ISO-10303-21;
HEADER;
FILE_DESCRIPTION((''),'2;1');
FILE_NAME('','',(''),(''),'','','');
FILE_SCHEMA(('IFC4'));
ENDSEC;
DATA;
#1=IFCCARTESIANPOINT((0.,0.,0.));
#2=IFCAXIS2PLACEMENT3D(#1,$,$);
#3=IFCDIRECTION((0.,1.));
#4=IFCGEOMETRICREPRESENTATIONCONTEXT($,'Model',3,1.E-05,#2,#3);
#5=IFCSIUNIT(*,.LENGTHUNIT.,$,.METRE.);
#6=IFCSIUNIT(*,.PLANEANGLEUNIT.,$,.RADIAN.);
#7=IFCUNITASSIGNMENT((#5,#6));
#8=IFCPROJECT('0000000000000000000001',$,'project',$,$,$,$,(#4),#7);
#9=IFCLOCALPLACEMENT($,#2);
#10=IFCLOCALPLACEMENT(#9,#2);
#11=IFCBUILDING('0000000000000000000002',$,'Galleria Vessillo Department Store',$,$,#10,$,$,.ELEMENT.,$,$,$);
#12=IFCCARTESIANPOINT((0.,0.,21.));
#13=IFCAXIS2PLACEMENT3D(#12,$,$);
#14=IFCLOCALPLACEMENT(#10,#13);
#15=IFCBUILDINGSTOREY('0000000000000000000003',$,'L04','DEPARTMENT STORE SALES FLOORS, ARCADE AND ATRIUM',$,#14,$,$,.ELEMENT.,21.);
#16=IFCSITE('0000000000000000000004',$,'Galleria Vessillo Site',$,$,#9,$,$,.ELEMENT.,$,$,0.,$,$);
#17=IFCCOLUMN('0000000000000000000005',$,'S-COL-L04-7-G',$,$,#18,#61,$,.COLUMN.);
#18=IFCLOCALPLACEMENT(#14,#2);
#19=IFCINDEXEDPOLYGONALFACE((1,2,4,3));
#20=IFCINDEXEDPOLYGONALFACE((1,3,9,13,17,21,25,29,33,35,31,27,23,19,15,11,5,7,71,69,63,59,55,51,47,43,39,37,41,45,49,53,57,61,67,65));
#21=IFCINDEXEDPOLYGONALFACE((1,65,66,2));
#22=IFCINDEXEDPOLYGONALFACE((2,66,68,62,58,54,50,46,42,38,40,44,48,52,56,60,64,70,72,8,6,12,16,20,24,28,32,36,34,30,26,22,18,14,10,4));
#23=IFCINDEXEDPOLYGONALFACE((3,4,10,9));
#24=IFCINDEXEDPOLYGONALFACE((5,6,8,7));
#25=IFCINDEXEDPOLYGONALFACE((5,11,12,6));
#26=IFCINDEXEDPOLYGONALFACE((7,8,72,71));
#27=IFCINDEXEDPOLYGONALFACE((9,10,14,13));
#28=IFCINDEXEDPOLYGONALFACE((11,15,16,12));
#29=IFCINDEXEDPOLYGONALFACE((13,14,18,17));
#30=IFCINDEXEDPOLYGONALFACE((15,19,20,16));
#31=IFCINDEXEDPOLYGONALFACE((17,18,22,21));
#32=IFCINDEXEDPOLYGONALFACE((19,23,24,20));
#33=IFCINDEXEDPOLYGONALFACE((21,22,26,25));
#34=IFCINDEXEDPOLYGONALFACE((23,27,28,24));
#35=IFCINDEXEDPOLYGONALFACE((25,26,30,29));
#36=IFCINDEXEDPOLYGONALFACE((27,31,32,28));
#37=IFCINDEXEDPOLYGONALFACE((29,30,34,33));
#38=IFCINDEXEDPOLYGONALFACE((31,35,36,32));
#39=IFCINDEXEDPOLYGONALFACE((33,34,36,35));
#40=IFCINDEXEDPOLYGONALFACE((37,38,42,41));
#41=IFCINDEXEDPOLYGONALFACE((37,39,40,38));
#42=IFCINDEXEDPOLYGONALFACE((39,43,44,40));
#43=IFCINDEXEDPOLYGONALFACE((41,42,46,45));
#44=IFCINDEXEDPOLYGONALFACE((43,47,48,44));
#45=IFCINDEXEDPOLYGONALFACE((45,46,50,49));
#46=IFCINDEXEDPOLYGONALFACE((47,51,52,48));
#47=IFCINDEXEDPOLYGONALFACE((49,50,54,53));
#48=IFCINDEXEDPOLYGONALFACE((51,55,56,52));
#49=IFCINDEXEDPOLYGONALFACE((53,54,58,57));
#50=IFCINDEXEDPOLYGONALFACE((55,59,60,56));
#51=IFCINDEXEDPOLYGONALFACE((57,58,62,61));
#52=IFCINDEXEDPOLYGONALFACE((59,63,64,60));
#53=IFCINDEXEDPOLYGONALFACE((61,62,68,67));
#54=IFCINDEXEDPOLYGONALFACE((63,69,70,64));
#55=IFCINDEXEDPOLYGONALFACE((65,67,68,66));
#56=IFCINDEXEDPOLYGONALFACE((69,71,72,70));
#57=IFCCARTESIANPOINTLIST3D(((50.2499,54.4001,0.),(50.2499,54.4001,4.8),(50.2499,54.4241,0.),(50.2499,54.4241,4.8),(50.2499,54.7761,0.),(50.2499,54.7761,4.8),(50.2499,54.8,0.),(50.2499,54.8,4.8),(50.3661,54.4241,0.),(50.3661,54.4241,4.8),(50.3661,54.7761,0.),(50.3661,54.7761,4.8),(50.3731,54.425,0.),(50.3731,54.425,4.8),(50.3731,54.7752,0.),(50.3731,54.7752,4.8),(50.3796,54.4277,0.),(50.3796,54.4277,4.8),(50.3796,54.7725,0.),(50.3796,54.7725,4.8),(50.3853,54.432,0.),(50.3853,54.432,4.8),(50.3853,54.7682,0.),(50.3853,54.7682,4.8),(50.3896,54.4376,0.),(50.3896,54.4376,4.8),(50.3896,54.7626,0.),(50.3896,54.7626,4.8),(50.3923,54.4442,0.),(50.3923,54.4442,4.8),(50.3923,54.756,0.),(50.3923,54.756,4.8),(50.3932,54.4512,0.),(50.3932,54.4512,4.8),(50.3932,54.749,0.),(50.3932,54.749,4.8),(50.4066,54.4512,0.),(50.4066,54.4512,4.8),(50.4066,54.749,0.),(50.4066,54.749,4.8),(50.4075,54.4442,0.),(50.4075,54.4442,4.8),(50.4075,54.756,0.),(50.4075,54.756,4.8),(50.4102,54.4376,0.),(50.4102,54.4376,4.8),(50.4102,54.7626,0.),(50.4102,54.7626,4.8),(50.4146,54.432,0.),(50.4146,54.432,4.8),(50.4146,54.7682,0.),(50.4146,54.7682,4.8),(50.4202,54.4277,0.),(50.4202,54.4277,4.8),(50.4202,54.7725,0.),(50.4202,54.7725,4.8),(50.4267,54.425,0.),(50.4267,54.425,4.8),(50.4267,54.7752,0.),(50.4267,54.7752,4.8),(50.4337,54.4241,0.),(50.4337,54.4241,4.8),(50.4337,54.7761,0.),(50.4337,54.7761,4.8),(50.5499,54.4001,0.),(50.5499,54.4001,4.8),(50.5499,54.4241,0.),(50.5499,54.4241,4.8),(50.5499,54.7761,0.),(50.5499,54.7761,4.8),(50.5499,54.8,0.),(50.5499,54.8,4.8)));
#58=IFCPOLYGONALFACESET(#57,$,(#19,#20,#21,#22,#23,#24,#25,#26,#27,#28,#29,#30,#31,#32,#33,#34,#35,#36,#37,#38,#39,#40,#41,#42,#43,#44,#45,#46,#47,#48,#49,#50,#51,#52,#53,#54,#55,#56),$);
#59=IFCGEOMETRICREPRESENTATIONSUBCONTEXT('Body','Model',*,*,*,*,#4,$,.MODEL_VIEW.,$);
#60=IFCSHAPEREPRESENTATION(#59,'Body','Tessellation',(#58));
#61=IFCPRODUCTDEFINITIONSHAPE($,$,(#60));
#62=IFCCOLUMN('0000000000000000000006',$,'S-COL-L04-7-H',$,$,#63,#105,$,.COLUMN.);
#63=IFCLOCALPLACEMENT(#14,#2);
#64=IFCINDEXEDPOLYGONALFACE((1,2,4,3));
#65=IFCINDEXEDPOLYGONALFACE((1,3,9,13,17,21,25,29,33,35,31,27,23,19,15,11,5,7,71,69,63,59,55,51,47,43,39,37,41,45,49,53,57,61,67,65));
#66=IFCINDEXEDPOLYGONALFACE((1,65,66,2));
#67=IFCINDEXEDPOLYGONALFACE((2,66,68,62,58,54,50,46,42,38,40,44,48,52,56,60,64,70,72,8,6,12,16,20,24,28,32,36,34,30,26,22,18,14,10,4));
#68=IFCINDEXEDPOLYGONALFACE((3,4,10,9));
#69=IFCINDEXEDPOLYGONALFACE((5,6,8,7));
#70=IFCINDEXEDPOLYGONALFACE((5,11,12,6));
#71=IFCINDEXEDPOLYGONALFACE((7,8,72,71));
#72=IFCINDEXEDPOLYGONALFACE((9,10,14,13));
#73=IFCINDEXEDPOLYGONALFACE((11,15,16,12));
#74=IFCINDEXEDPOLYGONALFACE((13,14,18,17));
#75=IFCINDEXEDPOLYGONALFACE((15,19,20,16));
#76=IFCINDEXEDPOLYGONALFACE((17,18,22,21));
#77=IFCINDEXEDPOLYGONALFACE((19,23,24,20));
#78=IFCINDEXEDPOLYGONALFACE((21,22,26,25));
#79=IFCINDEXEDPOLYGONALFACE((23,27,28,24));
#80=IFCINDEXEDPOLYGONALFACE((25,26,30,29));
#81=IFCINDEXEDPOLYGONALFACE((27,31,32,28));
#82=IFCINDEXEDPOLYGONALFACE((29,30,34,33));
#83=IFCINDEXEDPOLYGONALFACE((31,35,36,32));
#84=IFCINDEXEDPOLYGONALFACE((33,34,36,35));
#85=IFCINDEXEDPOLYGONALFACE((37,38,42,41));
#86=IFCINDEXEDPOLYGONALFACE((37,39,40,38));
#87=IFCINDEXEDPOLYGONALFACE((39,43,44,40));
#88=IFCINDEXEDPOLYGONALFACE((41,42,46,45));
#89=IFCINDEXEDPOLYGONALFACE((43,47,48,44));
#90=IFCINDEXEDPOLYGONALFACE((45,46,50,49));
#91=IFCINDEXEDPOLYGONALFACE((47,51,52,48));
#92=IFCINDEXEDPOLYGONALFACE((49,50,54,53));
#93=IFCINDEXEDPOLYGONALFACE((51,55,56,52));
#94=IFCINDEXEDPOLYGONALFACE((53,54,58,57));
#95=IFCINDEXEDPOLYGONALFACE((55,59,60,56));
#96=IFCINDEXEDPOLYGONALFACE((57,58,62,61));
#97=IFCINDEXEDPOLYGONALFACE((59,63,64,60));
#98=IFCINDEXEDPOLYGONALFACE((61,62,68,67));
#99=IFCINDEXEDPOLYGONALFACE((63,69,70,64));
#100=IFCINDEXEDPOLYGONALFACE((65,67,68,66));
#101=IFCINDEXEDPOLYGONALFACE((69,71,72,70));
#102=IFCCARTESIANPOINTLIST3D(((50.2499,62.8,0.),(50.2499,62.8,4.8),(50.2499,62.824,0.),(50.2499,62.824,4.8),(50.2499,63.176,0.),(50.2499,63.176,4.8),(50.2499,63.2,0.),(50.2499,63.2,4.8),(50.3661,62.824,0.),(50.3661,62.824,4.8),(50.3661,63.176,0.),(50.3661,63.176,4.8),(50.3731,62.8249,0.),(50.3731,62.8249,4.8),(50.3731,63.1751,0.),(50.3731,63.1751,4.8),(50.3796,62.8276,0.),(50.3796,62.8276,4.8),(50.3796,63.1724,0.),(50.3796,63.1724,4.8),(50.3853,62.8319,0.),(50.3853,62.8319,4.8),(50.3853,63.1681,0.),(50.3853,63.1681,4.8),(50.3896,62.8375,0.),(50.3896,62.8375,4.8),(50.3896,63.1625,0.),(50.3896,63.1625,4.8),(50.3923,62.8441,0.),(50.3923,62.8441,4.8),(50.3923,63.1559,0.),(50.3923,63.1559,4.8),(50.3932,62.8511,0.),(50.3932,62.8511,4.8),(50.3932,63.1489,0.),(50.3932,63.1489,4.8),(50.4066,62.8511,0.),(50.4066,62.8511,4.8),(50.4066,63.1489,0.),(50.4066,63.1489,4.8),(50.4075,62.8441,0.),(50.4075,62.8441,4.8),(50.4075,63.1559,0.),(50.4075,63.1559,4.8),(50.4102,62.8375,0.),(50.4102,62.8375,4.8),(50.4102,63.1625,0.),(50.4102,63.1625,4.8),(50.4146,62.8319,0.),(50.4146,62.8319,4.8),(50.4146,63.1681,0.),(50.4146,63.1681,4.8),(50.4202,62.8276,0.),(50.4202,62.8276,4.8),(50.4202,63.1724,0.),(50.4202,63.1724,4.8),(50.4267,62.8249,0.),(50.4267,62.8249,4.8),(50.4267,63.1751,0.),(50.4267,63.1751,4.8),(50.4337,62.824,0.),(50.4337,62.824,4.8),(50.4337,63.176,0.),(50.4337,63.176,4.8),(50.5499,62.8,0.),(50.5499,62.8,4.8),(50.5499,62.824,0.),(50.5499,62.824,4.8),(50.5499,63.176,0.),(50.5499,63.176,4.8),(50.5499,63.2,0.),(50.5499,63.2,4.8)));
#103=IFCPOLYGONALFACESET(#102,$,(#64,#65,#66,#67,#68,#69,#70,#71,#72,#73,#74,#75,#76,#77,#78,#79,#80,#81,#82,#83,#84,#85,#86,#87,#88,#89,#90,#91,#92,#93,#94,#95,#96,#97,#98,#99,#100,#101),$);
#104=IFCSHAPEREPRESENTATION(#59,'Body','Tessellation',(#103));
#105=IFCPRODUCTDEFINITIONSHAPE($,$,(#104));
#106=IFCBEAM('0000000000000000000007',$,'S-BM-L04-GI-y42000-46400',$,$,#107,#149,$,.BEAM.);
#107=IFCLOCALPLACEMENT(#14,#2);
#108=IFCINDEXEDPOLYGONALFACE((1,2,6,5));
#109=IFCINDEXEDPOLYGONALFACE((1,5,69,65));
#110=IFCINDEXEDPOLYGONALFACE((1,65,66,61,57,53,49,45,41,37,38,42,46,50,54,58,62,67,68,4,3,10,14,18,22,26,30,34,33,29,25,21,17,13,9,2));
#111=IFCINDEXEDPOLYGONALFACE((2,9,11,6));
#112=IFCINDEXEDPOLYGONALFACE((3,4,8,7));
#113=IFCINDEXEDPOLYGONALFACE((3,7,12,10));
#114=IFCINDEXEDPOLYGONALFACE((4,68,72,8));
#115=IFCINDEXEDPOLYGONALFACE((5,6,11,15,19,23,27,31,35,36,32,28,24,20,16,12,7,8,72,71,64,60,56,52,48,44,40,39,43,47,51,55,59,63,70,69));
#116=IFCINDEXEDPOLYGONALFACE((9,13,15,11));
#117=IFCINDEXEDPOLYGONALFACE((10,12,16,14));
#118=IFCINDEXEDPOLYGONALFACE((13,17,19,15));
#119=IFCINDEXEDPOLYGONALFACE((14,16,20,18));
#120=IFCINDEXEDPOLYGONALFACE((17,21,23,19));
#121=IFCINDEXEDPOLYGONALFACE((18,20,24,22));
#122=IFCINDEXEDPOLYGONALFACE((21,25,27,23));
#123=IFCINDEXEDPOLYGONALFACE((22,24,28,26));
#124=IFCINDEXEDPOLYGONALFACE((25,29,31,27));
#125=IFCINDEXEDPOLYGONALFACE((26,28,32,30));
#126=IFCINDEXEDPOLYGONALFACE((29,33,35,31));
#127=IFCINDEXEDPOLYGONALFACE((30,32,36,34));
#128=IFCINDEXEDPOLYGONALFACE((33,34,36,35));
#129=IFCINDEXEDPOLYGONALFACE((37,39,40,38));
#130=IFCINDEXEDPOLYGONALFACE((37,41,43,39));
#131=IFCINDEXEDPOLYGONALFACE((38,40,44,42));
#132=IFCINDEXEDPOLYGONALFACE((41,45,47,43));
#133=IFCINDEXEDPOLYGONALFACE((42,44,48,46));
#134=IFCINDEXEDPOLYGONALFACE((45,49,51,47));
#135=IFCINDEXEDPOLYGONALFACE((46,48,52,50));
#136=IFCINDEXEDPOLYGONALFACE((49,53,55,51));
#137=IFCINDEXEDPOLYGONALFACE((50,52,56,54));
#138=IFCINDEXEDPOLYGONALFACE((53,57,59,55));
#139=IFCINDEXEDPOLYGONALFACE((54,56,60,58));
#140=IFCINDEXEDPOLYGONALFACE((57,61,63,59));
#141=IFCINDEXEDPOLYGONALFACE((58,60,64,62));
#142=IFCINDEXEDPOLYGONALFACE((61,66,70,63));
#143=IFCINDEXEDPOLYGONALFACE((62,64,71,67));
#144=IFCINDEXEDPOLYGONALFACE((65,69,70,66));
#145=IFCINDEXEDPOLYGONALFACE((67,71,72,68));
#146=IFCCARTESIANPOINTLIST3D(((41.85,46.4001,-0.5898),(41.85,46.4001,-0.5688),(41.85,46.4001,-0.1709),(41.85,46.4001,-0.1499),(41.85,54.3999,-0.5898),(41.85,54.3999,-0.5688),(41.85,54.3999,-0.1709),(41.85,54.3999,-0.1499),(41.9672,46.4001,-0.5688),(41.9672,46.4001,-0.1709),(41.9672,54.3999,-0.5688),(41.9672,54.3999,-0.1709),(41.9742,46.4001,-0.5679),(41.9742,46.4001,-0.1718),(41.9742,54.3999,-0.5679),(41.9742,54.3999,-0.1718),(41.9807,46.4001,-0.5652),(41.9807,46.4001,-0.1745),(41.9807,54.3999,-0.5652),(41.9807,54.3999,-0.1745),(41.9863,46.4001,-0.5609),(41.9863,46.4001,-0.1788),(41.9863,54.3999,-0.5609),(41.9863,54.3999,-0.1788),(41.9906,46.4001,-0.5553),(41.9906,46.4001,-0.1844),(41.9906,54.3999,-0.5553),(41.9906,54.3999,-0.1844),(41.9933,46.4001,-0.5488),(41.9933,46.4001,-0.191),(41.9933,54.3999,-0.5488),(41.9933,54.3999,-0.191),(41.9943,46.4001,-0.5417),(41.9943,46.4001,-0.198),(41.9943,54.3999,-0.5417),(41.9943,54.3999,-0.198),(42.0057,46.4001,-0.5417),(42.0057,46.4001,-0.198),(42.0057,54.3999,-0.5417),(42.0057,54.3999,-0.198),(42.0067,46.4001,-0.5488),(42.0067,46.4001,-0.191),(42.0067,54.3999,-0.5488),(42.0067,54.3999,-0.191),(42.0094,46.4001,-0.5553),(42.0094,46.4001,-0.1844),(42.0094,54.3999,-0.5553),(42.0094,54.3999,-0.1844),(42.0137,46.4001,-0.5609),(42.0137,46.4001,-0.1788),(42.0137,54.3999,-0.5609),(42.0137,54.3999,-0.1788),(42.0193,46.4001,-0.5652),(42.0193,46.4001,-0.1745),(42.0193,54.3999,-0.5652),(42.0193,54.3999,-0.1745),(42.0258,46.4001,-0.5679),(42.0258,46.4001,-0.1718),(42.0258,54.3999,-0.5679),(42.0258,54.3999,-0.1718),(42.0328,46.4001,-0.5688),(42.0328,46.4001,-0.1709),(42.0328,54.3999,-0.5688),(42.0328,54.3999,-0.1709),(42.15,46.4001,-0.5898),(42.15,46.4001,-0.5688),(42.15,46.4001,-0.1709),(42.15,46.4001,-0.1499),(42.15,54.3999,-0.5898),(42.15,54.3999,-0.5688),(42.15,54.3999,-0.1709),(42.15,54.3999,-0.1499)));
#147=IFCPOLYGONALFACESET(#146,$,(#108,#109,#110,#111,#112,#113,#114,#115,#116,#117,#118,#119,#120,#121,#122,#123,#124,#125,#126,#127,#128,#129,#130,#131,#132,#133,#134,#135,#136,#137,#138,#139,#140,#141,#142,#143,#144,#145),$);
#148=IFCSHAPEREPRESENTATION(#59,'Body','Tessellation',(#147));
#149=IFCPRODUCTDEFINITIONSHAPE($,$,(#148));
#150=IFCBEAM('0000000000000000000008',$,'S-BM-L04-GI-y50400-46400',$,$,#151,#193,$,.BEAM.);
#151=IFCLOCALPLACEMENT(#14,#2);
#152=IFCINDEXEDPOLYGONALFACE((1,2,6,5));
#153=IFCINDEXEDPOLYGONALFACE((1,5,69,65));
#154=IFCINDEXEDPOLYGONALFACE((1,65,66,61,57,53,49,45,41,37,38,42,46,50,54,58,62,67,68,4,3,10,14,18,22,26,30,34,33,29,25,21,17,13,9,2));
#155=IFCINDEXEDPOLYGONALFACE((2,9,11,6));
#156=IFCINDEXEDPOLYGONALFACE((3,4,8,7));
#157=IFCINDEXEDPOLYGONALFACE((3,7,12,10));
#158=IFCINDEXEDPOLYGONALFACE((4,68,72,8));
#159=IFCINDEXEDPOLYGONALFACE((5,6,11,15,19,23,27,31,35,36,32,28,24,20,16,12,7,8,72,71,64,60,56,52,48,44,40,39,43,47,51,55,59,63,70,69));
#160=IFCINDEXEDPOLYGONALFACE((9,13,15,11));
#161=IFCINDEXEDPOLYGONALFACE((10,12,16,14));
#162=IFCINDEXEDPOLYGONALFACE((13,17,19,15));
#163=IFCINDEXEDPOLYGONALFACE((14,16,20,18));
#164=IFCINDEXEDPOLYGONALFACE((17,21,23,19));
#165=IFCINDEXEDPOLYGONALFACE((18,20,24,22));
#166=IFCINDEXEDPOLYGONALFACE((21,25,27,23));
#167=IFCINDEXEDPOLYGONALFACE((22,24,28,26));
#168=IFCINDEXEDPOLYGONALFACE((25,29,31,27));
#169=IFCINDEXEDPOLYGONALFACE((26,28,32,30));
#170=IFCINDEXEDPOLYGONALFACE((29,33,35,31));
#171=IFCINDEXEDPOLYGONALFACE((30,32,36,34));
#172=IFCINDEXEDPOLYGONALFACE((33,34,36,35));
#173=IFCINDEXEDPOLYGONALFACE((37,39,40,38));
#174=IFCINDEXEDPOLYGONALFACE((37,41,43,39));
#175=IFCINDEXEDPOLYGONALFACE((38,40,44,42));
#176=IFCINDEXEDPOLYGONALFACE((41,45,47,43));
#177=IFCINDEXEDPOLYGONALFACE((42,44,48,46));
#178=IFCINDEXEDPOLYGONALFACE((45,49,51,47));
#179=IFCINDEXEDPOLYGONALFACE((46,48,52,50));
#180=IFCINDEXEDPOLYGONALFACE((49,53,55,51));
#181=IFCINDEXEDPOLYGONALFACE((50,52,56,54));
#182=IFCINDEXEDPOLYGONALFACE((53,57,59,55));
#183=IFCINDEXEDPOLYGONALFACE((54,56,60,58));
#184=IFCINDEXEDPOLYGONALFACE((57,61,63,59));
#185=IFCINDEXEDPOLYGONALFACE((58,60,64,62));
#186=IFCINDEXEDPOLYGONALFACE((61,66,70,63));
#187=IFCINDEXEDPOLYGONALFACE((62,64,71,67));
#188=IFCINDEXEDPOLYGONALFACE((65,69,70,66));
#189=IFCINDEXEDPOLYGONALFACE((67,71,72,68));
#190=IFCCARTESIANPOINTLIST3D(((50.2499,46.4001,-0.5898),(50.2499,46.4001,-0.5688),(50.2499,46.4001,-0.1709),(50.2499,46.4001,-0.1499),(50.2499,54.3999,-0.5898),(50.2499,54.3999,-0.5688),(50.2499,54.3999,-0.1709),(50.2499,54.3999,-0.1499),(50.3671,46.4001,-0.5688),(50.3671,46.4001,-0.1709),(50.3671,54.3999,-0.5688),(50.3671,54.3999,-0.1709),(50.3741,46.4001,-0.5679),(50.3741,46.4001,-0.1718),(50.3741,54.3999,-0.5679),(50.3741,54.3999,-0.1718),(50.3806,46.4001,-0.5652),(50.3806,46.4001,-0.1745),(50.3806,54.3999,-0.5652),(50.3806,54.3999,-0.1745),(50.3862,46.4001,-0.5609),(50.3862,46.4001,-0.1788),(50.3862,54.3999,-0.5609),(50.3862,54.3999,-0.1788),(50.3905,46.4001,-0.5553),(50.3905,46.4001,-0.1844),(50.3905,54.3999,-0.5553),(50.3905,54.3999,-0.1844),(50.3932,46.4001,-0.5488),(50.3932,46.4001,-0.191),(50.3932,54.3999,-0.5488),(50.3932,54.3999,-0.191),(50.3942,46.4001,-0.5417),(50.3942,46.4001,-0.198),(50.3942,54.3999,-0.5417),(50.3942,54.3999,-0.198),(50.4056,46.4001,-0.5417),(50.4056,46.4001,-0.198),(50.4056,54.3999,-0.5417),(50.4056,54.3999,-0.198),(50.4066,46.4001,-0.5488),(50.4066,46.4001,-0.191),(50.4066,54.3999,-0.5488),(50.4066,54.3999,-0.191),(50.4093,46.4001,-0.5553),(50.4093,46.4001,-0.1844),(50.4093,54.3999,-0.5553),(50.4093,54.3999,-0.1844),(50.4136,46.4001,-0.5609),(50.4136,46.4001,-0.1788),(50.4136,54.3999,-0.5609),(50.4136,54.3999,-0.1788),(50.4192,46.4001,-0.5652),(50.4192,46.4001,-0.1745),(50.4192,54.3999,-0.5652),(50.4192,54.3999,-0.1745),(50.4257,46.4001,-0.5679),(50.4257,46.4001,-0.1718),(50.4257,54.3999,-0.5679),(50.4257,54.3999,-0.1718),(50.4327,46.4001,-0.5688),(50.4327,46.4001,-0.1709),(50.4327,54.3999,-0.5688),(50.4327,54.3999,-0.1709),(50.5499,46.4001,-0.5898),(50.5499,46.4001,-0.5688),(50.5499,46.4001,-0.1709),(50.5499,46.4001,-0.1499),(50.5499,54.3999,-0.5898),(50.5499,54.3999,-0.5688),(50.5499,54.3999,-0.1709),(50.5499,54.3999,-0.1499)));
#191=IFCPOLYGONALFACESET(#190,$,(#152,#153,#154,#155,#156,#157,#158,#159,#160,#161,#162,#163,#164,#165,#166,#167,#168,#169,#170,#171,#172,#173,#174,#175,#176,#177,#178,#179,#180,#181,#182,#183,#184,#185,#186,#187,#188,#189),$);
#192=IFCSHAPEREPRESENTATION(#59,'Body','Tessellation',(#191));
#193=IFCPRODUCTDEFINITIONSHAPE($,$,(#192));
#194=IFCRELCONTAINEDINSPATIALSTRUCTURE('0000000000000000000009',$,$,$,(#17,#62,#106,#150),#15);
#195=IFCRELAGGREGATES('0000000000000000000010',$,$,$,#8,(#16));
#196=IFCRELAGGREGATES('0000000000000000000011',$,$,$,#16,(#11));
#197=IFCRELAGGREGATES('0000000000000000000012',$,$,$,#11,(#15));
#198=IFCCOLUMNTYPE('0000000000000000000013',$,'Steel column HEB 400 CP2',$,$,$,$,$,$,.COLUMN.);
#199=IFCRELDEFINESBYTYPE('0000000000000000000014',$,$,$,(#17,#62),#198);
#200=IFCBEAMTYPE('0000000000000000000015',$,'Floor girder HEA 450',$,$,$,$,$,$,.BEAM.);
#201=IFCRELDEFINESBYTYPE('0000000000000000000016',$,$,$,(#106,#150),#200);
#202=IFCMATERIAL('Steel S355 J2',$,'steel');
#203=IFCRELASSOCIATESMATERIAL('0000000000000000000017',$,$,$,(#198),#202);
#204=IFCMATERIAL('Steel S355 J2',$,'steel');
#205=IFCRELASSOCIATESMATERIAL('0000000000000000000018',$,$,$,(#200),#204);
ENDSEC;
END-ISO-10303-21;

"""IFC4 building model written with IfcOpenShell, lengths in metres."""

from ifc_helpers import new_model, si_unit, direction, frame, origin, origin_2d, place, context, subcontext, project, spatial, i_section, extrude, material, material_profile, profile_set, type_object, element, save


model = new_model("IFC4")

# Units and contexts
model_context = context("Model", 3, precision=1e-05, world=origin(), true_north=direction((0.0, 1.0)))
body_context = subcontext(model_context, "Body", "Model", "MODEL_VIEW")
ifc_project = project(units=[si_unit("LENGTHUNIT", "METRE"), si_unit("PLANEANGLEUNIT", "RADIAN")], contexts=[model_context])

# Site, building, storey
site_placement = place(None, origin())
site = spatial("IfcSite", under=ifc_project, at=site_placement, Name="Galleria Vessillo Site", CompositionType="ELEMENT", RefElevation=0.0)
building_placement = place(site_placement, origin())
building = spatial("IfcBuilding", under=site, at=building_placement, Name="Galleria Vessillo Department Store", CompositionType="ELEMENT")
storey_placement = place(building_placement, frame((0.0, 0.0, 21.0)))
storey = spatial("IfcBuildingStorey", under=building, at=storey_placement, Name="L04", Description="DEPARTMENT STORE SALES FLOORS, ARCADE AND ATRIUM", CompositionType="ELEMENT", Elevation=21.0)

# Columns
ifc_material_1 = material(Name="Steel S355 J2", Category="steel")
ifc_material_profile_1 = material_profile(ifc_material_1, i_section(OverallWidth=0.3, OverallDepth=0.3999, WebThickness=0.0134, FlangeThickness=0.0239, FilletRadius=0.0271, at=origin_2d()), Name="HEB 400")
ifc_profile_set_1 = profile_set([ifc_material_profile_1], Name="Steel S355 J2")
column_type = type_object("IfcColumnType", Name="Steel column HEB 400 CP2", PredefinedType="COLUMN", material=ifc_profile_set_1)
for number, where, z_axis, x_axis, name in (
    (1, (50.3999, 54.6001, 0.0), (0.0, 0.0, 1.0), (1.0, 0.0, 0.0), "S-COL-L04-7-G"),
    (2, (50.3999, 63.0, 0.0), (0.0, 0.0, 1.0), (1.0, 0.0, 0.0), "S-COL-L04-7-H"),
):
    element("IfcColumn", number, at=place(storey_placement, frame(where, z_axis=z_axis, x_axis=x_axis)), inside=storey, type_object=column_type, Name=name, PredefinedType="COLUMN", context=body_context, shape_type="SweptSolid", body=[
        extrude(i_section(OverallWidth=0.3, OverallDepth=0.3999, WebThickness=0.0134, FlangeThickness=0.0239, FilletRadius=0.0271, at=origin_2d()), origin(), (0.0, 0.0, 1.0), 4.8),
    ])

# Beams
ifc_material_2 = material(Name="Steel S355 J2", Category="steel")
ifc_material_profile_2 = material_profile(ifc_material_2, i_section(OverallWidth=0.3, OverallDepth=0.4399, WebThickness=0.0115, FlangeThickness=0.021, FilletRadius=0.0271, at=origin_2d()), Name="HEA 450")
ifc_profile_set_2 = profile_set([ifc_material_profile_2], Name="Steel S355 J2")
beam_type_1 = type_object("IfcBeamType", Name="Floor girder HEA 450", PredefinedType="BEAM", material=ifc_profile_set_2)
for number, where, z_axis, x_axis, name in (
    (3, (42.0, 46.4001, -0.3699), (0.0, 1.0, 0.0), (-1.0, 0.0, 0.0), "S-BM-L04-GI-y42000-46400"),
    (4, (50.3999, 46.4001, -0.3699), (0.0, 1.0, 0.0), (-1.0, 0.0, 0.0), "S-BM-L04-GI-y50400-46400"),
):
    element("IfcBeam", number, at=place(storey_placement, frame(where, z_axis=z_axis, x_axis=x_axis)), inside=storey, type_object=beam_type_1, Name=name, PredefinedType="BEAM", context=body_context, shape_type="SweptSolid", body=[
        extrude(i_section(OverallWidth=0.3, OverallDepth=0.4399, WebThickness=0.0115, FlangeThickness=0.021, FilletRadius=0.0271, at=origin_2d()), origin(), (0.0, 0.0, 1.0), 7.9998),
    ])

save(model, "model.ifc")
